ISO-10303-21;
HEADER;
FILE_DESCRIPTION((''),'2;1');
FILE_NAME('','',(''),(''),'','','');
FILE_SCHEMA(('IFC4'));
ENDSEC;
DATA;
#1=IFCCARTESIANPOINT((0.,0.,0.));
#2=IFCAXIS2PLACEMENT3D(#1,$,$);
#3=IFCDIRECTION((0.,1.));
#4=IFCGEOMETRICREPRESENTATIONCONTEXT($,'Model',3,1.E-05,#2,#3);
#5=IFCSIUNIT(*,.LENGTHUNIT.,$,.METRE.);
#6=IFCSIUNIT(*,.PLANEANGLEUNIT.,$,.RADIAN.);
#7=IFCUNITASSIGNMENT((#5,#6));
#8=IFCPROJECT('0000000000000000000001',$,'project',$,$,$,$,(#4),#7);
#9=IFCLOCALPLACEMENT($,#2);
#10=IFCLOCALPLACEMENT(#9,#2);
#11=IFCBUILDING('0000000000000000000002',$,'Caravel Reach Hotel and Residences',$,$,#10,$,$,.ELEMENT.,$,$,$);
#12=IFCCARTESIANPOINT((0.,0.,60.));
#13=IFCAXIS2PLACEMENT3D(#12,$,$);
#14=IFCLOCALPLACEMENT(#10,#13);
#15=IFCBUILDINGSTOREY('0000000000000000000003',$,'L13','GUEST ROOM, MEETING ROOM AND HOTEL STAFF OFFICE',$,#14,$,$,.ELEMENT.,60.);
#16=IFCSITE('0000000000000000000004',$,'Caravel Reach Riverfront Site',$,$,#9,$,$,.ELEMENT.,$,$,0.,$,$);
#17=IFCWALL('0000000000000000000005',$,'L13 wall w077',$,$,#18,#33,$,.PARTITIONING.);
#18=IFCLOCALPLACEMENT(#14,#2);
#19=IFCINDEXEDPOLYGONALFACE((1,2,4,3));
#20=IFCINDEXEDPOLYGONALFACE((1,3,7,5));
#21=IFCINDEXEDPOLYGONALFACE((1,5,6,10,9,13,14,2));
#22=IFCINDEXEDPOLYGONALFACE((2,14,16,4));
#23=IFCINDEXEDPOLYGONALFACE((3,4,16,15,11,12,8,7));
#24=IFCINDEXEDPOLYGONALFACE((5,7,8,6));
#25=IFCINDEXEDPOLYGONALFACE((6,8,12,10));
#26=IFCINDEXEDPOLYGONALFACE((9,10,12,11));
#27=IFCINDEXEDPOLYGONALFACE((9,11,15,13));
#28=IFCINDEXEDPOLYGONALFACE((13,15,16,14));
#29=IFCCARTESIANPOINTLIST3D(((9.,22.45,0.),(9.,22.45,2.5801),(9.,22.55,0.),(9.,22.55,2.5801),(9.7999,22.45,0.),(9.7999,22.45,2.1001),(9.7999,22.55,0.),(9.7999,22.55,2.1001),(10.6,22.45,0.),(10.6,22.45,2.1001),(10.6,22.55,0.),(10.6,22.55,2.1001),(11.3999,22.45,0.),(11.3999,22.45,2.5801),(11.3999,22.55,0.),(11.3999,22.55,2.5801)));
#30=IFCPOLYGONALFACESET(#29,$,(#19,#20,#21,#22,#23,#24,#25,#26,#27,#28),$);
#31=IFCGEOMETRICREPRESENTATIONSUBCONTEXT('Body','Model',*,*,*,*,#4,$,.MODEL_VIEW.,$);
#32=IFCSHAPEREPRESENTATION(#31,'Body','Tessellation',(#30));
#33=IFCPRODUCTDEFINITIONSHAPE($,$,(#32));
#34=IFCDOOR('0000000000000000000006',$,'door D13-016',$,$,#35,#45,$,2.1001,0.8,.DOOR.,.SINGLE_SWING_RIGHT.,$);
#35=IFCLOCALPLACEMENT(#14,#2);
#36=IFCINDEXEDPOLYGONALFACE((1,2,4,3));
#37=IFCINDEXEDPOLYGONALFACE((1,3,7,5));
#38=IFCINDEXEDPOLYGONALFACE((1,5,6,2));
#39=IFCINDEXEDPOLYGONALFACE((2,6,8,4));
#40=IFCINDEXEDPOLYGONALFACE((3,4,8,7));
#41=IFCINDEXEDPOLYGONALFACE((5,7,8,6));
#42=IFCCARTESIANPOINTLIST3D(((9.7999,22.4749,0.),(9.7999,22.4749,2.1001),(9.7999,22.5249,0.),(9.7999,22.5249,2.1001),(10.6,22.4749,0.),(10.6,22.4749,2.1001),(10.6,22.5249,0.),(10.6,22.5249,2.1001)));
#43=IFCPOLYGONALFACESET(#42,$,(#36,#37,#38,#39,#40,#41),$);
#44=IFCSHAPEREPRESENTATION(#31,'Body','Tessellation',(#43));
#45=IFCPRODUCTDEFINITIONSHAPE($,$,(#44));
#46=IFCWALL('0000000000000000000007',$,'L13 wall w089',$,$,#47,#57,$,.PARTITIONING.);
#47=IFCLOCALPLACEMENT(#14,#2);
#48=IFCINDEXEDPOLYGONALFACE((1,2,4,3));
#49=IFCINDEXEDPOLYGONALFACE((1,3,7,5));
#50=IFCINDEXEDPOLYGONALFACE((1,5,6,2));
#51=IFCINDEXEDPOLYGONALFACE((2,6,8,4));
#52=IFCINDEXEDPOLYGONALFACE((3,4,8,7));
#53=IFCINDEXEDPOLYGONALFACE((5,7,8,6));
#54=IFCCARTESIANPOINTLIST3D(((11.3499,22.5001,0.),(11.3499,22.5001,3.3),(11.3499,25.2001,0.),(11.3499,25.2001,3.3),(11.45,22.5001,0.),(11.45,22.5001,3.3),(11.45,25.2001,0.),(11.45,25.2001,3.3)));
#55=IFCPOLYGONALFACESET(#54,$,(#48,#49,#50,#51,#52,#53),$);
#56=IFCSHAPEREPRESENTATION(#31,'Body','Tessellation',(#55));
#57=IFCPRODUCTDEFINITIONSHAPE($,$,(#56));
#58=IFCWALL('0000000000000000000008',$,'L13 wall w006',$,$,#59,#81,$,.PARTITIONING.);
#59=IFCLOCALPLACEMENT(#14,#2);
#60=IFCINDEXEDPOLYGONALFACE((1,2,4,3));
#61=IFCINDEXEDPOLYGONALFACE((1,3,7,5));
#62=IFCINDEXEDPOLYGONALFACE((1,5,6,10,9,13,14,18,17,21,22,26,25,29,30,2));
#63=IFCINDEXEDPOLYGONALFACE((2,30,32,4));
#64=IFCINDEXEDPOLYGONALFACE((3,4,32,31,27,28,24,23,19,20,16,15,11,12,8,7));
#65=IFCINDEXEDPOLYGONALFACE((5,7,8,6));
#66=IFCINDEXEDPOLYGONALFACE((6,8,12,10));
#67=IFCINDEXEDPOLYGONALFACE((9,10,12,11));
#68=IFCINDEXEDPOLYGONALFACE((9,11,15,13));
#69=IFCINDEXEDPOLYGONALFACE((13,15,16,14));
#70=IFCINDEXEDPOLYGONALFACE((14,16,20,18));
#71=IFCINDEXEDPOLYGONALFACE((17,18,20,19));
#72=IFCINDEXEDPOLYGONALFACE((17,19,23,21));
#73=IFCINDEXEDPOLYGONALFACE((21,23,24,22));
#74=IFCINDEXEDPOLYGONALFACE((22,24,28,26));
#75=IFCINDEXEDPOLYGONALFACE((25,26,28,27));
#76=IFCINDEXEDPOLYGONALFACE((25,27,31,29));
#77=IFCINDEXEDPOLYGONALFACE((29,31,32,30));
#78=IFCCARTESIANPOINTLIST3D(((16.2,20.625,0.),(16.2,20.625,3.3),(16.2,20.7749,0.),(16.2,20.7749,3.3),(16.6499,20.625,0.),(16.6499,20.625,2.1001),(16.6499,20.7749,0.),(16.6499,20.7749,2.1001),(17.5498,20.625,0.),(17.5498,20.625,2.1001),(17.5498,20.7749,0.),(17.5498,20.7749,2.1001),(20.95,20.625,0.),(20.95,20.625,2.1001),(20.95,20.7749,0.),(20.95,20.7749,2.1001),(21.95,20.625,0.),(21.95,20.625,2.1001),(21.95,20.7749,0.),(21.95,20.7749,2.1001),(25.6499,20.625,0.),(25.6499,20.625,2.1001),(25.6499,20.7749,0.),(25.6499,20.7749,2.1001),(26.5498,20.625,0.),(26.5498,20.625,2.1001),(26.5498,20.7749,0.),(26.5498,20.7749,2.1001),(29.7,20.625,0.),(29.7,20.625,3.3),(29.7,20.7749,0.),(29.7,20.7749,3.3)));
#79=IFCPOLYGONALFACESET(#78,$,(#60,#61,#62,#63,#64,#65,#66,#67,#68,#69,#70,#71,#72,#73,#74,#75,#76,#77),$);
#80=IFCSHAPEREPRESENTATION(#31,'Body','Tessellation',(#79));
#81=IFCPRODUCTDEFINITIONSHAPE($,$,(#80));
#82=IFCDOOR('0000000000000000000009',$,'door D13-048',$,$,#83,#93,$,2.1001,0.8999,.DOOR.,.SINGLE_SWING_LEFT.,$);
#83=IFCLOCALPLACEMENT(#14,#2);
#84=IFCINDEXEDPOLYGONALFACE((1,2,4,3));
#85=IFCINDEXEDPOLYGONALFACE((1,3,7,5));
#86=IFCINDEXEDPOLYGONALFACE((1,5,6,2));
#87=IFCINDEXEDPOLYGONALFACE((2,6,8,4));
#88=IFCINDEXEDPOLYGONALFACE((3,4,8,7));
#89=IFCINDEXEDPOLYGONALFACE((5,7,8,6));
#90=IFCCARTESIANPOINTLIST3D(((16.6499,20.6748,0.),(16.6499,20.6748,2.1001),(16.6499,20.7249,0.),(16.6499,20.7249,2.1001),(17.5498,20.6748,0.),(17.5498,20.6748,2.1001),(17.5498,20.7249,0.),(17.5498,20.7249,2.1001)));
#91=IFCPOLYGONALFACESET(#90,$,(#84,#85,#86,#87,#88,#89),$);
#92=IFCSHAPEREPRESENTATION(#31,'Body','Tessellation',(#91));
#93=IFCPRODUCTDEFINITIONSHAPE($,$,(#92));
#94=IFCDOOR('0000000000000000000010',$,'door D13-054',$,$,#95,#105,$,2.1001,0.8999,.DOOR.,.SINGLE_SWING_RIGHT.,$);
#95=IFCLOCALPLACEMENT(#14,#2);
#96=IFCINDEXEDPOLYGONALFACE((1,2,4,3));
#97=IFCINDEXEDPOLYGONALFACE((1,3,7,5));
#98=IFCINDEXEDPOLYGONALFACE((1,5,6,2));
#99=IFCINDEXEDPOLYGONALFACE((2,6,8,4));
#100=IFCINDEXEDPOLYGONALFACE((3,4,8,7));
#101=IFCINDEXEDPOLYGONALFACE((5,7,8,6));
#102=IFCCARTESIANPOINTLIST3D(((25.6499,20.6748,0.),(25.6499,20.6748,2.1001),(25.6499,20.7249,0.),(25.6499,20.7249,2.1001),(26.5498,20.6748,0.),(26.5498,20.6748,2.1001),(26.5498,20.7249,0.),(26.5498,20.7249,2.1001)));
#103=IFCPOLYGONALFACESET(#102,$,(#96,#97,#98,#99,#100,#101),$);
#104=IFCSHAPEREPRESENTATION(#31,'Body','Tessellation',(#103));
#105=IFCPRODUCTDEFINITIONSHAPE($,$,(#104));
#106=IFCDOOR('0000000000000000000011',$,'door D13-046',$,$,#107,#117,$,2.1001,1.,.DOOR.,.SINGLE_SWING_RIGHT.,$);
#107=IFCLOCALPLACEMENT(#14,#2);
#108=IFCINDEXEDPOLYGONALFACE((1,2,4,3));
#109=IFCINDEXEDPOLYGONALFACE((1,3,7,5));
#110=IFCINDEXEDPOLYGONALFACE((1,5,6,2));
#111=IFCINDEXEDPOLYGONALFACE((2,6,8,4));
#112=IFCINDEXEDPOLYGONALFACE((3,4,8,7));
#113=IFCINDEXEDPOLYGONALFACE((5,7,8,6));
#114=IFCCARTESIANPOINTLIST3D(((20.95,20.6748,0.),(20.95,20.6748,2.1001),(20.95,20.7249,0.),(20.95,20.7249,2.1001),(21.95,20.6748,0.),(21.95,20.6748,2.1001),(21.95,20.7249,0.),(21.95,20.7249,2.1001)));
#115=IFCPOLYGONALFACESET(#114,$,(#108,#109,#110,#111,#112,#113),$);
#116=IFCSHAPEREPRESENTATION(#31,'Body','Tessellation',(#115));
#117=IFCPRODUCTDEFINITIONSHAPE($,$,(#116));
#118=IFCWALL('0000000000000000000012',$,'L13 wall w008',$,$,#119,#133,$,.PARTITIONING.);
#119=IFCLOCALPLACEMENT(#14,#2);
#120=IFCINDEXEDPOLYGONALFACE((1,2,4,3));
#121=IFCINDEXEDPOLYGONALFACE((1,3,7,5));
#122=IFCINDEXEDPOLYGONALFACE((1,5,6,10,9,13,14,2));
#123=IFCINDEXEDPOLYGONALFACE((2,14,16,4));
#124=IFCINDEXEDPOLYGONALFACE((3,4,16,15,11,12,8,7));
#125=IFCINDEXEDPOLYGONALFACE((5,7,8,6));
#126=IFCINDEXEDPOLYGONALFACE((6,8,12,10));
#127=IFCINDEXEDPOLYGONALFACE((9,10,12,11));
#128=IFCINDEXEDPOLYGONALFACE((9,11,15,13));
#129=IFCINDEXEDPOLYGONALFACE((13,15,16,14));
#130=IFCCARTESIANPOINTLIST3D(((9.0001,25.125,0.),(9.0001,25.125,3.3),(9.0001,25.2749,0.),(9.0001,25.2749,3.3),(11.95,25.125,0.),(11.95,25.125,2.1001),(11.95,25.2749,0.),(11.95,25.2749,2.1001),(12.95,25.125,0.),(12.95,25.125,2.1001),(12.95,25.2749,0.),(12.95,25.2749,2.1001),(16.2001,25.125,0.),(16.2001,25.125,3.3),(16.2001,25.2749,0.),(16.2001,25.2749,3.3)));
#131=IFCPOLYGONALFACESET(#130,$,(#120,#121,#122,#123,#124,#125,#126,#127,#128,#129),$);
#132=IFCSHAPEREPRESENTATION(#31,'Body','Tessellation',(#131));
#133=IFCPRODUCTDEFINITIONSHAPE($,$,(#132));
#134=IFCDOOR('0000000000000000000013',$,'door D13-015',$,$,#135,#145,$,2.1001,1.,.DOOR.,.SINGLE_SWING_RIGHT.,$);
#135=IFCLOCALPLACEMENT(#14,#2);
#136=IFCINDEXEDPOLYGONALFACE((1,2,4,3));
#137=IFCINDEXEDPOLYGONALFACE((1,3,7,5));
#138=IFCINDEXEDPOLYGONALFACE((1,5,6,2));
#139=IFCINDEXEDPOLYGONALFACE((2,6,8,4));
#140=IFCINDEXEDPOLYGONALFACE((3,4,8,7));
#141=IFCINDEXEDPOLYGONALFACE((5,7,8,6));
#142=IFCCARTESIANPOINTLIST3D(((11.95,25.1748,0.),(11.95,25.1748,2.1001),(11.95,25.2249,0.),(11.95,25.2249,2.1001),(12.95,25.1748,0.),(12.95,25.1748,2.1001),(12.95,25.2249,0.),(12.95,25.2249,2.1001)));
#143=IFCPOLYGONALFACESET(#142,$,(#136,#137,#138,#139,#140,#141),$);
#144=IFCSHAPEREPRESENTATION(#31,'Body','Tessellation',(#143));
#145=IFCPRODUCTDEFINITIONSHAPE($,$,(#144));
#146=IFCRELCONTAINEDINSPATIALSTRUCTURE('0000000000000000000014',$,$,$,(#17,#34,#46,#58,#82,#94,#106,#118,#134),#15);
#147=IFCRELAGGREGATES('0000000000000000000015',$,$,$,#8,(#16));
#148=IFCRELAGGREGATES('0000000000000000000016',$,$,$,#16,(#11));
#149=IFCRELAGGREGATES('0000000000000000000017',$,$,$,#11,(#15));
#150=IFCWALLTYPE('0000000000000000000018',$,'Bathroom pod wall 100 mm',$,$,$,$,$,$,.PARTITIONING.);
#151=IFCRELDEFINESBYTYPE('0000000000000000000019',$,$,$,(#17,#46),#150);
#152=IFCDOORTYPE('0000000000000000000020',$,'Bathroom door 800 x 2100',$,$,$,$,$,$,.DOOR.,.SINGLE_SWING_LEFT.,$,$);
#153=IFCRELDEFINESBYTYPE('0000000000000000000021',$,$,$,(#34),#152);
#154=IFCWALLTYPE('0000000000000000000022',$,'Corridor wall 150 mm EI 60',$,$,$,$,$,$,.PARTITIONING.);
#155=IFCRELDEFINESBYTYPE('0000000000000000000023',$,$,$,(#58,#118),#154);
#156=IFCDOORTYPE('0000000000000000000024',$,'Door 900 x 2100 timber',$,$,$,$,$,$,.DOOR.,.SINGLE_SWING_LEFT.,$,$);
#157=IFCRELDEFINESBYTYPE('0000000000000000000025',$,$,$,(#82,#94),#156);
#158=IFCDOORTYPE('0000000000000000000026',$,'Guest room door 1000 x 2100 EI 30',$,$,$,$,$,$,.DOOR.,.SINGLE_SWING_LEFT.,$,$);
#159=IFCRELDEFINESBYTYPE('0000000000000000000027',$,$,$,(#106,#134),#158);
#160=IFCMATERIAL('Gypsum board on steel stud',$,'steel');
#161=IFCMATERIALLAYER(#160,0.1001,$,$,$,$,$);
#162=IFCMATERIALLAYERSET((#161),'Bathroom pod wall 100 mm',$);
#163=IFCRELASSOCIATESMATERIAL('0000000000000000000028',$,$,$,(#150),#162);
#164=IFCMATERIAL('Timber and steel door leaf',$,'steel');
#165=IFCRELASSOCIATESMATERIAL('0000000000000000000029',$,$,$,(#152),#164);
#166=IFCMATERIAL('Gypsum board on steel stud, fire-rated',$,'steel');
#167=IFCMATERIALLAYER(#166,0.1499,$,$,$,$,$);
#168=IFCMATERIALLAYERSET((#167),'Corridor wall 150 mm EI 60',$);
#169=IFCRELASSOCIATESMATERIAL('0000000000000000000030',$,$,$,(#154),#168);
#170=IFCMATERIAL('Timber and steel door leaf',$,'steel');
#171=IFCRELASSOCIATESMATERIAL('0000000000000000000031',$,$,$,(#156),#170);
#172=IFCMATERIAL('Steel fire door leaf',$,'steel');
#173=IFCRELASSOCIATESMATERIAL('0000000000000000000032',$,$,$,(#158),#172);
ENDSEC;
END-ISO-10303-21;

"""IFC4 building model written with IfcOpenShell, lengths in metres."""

from ifc_helpers import new_model, si_unit, direction, frame, frame_2d, origin, place, context, subcontext, project, spatial, rectangle, extrude, material, layer, layer_set, type_object, element, fill, save


model = new_model("IFC4")

# Units and contexts
model_context = context("Model", 3, precision=1e-05, world=origin(), true_north=direction((0.0, 1.0)))
body_context = subcontext(model_context, "Body", "Model", "MODEL_VIEW")
ifc_project = project(units=[si_unit("LENGTHUNIT", "METRE"), si_unit("PLANEANGLEUNIT", "RADIAN")], contexts=[model_context])

# Site, building, storey
site_placement = place(None, origin())
site = spatial("IfcSite", under=ifc_project, at=site_placement, Name="Caravel Reach Riverfront Site", CompositionType="ELEMENT", RefElevation=0.0)
building_placement = place(site_placement, origin())
building = spatial("IfcBuilding", under=site, at=building_placement, Name="Caravel Reach Hotel and Residences", CompositionType="ELEMENT")
storey_placement = place(building_placement, frame((0.0, 0.0, 60.0)))
storey = spatial("IfcBuildingStorey", under=building, at=storey_placement, Name="L13", Description="GUEST ROOM, MEETING ROOM AND HOTEL STAFF OFFICE", CompositionType="ELEMENT", Elevation=60.0)

# Wall, opening, door
ifc_material_1 = material(Name="Gypsum board on steel stud", Category="steel")
ifc_layer_1 = layer(ifc_material_1, 0.1001)
ifc_layer_set_1 = layer_set([ifc_layer_1], Name="Bathroom pod wall 100 mm")
wall_type_1 = type_object("IfcWallType", Name="Bathroom pod wall 100 mm", PredefinedType="PARTITIONING", material=ifc_layer_set_1)
wall_1_placement = place(storey_placement, frame((9.0, 22.5, 0.0), z_axis=(0.0, 0.0, 1.0), x_axis=(1.0, 0.0, 0.0)))
wall_1 = element("IfcWall", 1, at=wall_1_placement, inside=storey, type_object=wall_type_1, Name="L13 wall w077", PredefinedType="PARTITIONING", context=body_context, shape_type="SweptSolid", body=[
    extrude(rectangle(XDim=2.3999, YDim=0.1001, at=frame_2d((1.2, 0.0))), origin(), (0.0, 0.0, 1.0), 2.5801),
])
opening_1_placement = place(wall_1_placement, frame((0.8, 0.0, 0.0)))
opening_1 = element("IfcOpeningElement", 2, at=opening_1_placement, cuts=wall_1, PredefinedType="OPENING", context=body_context, shape_type="SweptSolid", body=[
    extrude(rectangle(XDim=0.8, YDim=2.1001, at=frame_2d((0.3999, 1.05))), frame((0.0, 0.0601, 0.0), z_axis=(0.0, -1.0, 0.0), x_axis=(1.0, 0.0, 0.0)), (0.0, 0.0, 1.0), 0.1201),
])
ifc_material_2 = material(Name="Timber and steel door leaf", Category="steel")
door_type_1 = type_object("IfcDoorType", Name="Bathroom door 800 x 2100", OperationType="SINGLE_SWING_LEFT", PredefinedType="DOOR", material=ifc_material_2)
door_1_placement = place(opening_1_placement, origin())
door_1 = element("IfcDoor", 3, at=door_1_placement, inside=storey, type_object=door_type_1, Name="door D13-016", OperationType="SINGLE_SWING_RIGHT", OverallHeight=2.1001, OverallWidth=0.8, PredefinedType="DOOR", context=body_context, shape_type="SweptSolid", body=[
    extrude(rectangle(XDim=0.8, YDim=2.1001, at=frame_2d((0.3999, 1.05))), frame((0.0, 0.0249, 0.0), z_axis=(0.0, -1.0, 0.0), x_axis=(1.0, 0.0, 0.0)), (0.0, 0.0, 1.0), 0.05),
])
fill(opening_1, door_1)

# Wall
wall_2_placement = place(storey_placement, frame((11.3999, 22.5, 0.0), z_axis=(0.0, 0.0, 1.0), x_axis=(0.0, 1.0, 0.0)))
element("IfcWall", 4, at=wall_2_placement, inside=storey, type_object=wall_type_1, Name="L13 wall w089", PredefinedType="PARTITIONING", context=body_context, shape_type="SweptSolid", body=[
    extrude(rectangle(XDim=2.7, YDim=0.1001, at=frame_2d((1.3501, 0.0))), origin(), (0.0, 0.0, 1.0), 3.3),
])

# Wall, openings, doors
ifc_material_3 = material(Name="Gypsum board on steel stud, fire-rated", Category="steel")
ifc_layer_2 = layer(ifc_material_3, 0.1499)
ifc_layer_set_2 = layer_set([ifc_layer_2], Name="Corridor wall 150 mm EI 60")
wall_type_2 = type_object("IfcWallType", Name="Corridor wall 150 mm EI 60", PredefinedType="PARTITIONING", material=ifc_layer_set_2)
wall_3_placement = place(storey_placement, frame((16.2, 20.7, 0.0), z_axis=(0.0, 0.0, 1.0), x_axis=(1.0, 0.0, 0.0)))
wall_3 = element("IfcWall", 5, at=wall_3_placement, inside=storey, type_object=wall_type_2, Name="L13 wall w006", PredefinedType="PARTITIONING", context=body_context, shape_type="SweptSolid", body=[
    extrude(rectangle(XDim=13.5, YDim=0.1499, at=frame_2d((6.75, 0.0))), origin(), (0.0, 0.0, 1.0), 3.3),
])
opening_2_placement = place(wall_3_placement, frame((4.75, 0.0, 0.0)))
opening_2 = element("IfcOpeningElement", 6, at=opening_2_placement, cuts=wall_3, PredefinedType="OPENING", context=body_context, shape_type="SweptSolid", body=[
    extrude(rectangle(XDim=1.0, YDim=2.1001, at=frame_2d((0.5, 1.05))), frame((0.0, 0.085, 0.0), z_axis=(0.0, -1.0, 0.0), x_axis=(1.0, 0.0, 0.0)), (0.0, 0.0, 1.0), 0.1699),
])
opening_3_placement = place(wall_3_placement, frame((0.45, 0.0, 0.0)))
opening_3 = element("IfcOpeningElement", 7, at=opening_3_placement, cuts=wall_3, PredefinedType="OPENING", context=body_context, shape_type="SweptSolid", body=[
    extrude(rectangle(XDim=0.8999, YDim=2.1001, at=frame_2d((0.45, 1.05))), frame((0.0, 0.085, 0.0), z_axis=(0.0, -1.0, 0.0), x_axis=(1.0, 0.0, 0.0)), (0.0, 0.0, 1.0), 0.1699),
])
opening_4_placement = place(wall_3_placement, frame((9.45, 0.0, 0.0)))
opening_4 = element("IfcOpeningElement", 8, at=opening_4_placement, cuts=wall_3, PredefinedType="OPENING", context=body_context, shape_type="SweptSolid", body=[
    extrude(rectangle(XDim=0.8999, YDim=2.1001, at=frame_2d((0.45, 1.05))), frame((0.0, 0.085, 0.0), z_axis=(0.0, -1.0, 0.0), x_axis=(1.0, 0.0, 0.0)), (0.0, 0.0, 1.0), 0.1699),
])
ifc_material_4 = material(Name="Timber and steel door leaf", Category="steel")
door_type_2 = type_object("IfcDoorType", Name="Door 900 x 2100 timber", OperationType="SINGLE_SWING_LEFT", PredefinedType="DOOR", material=ifc_material_4)
door_2_placement = place(opening_3_placement, origin())
door_2 = element("IfcDoor", 9, at=door_2_placement, inside=storey, type_object=door_type_2, Name="door D13-048", OperationType="SINGLE_SWING_LEFT", OverallHeight=2.1001, OverallWidth=0.8999, PredefinedType="DOOR", context=body_context, shape_type="SweptSolid", body=[
    extrude(rectangle(XDim=0.8999, YDim=2.1001, at=frame_2d((0.45, 1.05))), frame((0.0, 0.0249, 0.0), z_axis=(0.0, -1.0, 0.0), x_axis=(1.0, 0.0, 0.0)), (0.0, 0.0, 1.0), 0.05),
])
fill(opening_3, door_2)
door_3_placement = place(opening_4_placement, origin())
door_3 = element("IfcDoor", 10, at=door_3_placement, inside=storey, type_object=door_type_2, Name="door D13-054", OperationType="SINGLE_SWING_RIGHT", OverallHeight=2.1001, OverallWidth=0.8999, PredefinedType="DOOR", context=body_context, shape_type="SweptSolid", body=[
    extrude(rectangle(XDim=0.8999, YDim=2.1001, at=frame_2d((0.45, 1.05))), frame((0.0, 0.0249, 0.0), z_axis=(0.0, -1.0, 0.0), x_axis=(1.0, 0.0, 0.0)), (0.0, 0.0, 1.0), 0.05),
])
fill(opening_4, door_3)
ifc_material_5 = material(Name="Steel fire door leaf", Category="steel")
door_type_3 = type_object("IfcDoorType", Name="Guest room door 1000 x 2100 EI 30", OperationType="SINGLE_SWING_LEFT", PredefinedType="DOOR", material=ifc_material_5)
door_4_placement = place(opening_2_placement, origin())
door_4 = element("IfcDoor", 11, at=door_4_placement, inside=storey, type_object=door_type_3, Name="door D13-046", OperationType="SINGLE_SWING_RIGHT", OverallHeight=2.1001, OverallWidth=1.0, PredefinedType="DOOR", context=body_context, shape_type="SweptSolid", body=[
    extrude(rectangle(XDim=1.0, YDim=2.1001, at=frame_2d((0.5, 1.05))), frame((0.0, 0.0249, 0.0), z_axis=(0.0, -1.0, 0.0), x_axis=(1.0, 0.0, 0.0)), (0.0, 0.0, 1.0), 0.05),
])
fill(opening_2, door_4)

# Wall, opening, door
wall_4_placement = place(storey_placement, frame((9.0, 25.2, 0.0), z_axis=(0.0, 0.0, 1.0), x_axis=(1.0, 0.0, 0.0)))
wall_4 = element("IfcWall", 12, at=wall_4_placement, inside=storey, type_object=wall_type_2, Name="L13 wall w008", PredefinedType="PARTITIONING", context=body_context, shape_type="SweptSolid", body=[
    extrude(rectangle(XDim=7.2, YDim=0.1499, at=frame_2d((3.6001, 0.0))), origin(), (0.0, 0.0, 1.0), 3.3),
])
opening_5_placement = place(wall_4_placement, frame((2.95, 0.0, 0.0)))
opening_5 = element("IfcOpeningElement", 13, at=opening_5_placement, cuts=wall_4, PredefinedType="OPENING", context=body_context, shape_type="SweptSolid", body=[
    extrude(rectangle(XDim=1.0, YDim=2.1001, at=frame_2d((0.5, 1.05))), frame((0.0, 0.085, 0.0), z_axis=(0.0, -1.0, 0.0), x_axis=(1.0, 0.0, 0.0)), (0.0, 0.0, 1.0), 0.1699),
])
door_5_placement = place(opening_5_placement, origin())
door_5 = element("IfcDoor", 14, at=door_5_placement, inside=storey, type_object=door_type_3, Name="door D13-015", OperationType="SINGLE_SWING_RIGHT", OverallHeight=2.1001, OverallWidth=1.0, PredefinedType="DOOR", context=body_context, shape_type="SweptSolid", body=[
    extrude(rectangle(XDim=1.0, YDim=2.1001, at=frame_2d((0.5, 1.05))), frame((0.0, 0.0249, 0.0), z_axis=(0.0, -1.0, 0.0), x_axis=(1.0, 0.0, 0.0)), (0.0, 0.0, 1.0), 0.05),
])
fill(opening_5, door_5)

save(model, "model.ifc")
